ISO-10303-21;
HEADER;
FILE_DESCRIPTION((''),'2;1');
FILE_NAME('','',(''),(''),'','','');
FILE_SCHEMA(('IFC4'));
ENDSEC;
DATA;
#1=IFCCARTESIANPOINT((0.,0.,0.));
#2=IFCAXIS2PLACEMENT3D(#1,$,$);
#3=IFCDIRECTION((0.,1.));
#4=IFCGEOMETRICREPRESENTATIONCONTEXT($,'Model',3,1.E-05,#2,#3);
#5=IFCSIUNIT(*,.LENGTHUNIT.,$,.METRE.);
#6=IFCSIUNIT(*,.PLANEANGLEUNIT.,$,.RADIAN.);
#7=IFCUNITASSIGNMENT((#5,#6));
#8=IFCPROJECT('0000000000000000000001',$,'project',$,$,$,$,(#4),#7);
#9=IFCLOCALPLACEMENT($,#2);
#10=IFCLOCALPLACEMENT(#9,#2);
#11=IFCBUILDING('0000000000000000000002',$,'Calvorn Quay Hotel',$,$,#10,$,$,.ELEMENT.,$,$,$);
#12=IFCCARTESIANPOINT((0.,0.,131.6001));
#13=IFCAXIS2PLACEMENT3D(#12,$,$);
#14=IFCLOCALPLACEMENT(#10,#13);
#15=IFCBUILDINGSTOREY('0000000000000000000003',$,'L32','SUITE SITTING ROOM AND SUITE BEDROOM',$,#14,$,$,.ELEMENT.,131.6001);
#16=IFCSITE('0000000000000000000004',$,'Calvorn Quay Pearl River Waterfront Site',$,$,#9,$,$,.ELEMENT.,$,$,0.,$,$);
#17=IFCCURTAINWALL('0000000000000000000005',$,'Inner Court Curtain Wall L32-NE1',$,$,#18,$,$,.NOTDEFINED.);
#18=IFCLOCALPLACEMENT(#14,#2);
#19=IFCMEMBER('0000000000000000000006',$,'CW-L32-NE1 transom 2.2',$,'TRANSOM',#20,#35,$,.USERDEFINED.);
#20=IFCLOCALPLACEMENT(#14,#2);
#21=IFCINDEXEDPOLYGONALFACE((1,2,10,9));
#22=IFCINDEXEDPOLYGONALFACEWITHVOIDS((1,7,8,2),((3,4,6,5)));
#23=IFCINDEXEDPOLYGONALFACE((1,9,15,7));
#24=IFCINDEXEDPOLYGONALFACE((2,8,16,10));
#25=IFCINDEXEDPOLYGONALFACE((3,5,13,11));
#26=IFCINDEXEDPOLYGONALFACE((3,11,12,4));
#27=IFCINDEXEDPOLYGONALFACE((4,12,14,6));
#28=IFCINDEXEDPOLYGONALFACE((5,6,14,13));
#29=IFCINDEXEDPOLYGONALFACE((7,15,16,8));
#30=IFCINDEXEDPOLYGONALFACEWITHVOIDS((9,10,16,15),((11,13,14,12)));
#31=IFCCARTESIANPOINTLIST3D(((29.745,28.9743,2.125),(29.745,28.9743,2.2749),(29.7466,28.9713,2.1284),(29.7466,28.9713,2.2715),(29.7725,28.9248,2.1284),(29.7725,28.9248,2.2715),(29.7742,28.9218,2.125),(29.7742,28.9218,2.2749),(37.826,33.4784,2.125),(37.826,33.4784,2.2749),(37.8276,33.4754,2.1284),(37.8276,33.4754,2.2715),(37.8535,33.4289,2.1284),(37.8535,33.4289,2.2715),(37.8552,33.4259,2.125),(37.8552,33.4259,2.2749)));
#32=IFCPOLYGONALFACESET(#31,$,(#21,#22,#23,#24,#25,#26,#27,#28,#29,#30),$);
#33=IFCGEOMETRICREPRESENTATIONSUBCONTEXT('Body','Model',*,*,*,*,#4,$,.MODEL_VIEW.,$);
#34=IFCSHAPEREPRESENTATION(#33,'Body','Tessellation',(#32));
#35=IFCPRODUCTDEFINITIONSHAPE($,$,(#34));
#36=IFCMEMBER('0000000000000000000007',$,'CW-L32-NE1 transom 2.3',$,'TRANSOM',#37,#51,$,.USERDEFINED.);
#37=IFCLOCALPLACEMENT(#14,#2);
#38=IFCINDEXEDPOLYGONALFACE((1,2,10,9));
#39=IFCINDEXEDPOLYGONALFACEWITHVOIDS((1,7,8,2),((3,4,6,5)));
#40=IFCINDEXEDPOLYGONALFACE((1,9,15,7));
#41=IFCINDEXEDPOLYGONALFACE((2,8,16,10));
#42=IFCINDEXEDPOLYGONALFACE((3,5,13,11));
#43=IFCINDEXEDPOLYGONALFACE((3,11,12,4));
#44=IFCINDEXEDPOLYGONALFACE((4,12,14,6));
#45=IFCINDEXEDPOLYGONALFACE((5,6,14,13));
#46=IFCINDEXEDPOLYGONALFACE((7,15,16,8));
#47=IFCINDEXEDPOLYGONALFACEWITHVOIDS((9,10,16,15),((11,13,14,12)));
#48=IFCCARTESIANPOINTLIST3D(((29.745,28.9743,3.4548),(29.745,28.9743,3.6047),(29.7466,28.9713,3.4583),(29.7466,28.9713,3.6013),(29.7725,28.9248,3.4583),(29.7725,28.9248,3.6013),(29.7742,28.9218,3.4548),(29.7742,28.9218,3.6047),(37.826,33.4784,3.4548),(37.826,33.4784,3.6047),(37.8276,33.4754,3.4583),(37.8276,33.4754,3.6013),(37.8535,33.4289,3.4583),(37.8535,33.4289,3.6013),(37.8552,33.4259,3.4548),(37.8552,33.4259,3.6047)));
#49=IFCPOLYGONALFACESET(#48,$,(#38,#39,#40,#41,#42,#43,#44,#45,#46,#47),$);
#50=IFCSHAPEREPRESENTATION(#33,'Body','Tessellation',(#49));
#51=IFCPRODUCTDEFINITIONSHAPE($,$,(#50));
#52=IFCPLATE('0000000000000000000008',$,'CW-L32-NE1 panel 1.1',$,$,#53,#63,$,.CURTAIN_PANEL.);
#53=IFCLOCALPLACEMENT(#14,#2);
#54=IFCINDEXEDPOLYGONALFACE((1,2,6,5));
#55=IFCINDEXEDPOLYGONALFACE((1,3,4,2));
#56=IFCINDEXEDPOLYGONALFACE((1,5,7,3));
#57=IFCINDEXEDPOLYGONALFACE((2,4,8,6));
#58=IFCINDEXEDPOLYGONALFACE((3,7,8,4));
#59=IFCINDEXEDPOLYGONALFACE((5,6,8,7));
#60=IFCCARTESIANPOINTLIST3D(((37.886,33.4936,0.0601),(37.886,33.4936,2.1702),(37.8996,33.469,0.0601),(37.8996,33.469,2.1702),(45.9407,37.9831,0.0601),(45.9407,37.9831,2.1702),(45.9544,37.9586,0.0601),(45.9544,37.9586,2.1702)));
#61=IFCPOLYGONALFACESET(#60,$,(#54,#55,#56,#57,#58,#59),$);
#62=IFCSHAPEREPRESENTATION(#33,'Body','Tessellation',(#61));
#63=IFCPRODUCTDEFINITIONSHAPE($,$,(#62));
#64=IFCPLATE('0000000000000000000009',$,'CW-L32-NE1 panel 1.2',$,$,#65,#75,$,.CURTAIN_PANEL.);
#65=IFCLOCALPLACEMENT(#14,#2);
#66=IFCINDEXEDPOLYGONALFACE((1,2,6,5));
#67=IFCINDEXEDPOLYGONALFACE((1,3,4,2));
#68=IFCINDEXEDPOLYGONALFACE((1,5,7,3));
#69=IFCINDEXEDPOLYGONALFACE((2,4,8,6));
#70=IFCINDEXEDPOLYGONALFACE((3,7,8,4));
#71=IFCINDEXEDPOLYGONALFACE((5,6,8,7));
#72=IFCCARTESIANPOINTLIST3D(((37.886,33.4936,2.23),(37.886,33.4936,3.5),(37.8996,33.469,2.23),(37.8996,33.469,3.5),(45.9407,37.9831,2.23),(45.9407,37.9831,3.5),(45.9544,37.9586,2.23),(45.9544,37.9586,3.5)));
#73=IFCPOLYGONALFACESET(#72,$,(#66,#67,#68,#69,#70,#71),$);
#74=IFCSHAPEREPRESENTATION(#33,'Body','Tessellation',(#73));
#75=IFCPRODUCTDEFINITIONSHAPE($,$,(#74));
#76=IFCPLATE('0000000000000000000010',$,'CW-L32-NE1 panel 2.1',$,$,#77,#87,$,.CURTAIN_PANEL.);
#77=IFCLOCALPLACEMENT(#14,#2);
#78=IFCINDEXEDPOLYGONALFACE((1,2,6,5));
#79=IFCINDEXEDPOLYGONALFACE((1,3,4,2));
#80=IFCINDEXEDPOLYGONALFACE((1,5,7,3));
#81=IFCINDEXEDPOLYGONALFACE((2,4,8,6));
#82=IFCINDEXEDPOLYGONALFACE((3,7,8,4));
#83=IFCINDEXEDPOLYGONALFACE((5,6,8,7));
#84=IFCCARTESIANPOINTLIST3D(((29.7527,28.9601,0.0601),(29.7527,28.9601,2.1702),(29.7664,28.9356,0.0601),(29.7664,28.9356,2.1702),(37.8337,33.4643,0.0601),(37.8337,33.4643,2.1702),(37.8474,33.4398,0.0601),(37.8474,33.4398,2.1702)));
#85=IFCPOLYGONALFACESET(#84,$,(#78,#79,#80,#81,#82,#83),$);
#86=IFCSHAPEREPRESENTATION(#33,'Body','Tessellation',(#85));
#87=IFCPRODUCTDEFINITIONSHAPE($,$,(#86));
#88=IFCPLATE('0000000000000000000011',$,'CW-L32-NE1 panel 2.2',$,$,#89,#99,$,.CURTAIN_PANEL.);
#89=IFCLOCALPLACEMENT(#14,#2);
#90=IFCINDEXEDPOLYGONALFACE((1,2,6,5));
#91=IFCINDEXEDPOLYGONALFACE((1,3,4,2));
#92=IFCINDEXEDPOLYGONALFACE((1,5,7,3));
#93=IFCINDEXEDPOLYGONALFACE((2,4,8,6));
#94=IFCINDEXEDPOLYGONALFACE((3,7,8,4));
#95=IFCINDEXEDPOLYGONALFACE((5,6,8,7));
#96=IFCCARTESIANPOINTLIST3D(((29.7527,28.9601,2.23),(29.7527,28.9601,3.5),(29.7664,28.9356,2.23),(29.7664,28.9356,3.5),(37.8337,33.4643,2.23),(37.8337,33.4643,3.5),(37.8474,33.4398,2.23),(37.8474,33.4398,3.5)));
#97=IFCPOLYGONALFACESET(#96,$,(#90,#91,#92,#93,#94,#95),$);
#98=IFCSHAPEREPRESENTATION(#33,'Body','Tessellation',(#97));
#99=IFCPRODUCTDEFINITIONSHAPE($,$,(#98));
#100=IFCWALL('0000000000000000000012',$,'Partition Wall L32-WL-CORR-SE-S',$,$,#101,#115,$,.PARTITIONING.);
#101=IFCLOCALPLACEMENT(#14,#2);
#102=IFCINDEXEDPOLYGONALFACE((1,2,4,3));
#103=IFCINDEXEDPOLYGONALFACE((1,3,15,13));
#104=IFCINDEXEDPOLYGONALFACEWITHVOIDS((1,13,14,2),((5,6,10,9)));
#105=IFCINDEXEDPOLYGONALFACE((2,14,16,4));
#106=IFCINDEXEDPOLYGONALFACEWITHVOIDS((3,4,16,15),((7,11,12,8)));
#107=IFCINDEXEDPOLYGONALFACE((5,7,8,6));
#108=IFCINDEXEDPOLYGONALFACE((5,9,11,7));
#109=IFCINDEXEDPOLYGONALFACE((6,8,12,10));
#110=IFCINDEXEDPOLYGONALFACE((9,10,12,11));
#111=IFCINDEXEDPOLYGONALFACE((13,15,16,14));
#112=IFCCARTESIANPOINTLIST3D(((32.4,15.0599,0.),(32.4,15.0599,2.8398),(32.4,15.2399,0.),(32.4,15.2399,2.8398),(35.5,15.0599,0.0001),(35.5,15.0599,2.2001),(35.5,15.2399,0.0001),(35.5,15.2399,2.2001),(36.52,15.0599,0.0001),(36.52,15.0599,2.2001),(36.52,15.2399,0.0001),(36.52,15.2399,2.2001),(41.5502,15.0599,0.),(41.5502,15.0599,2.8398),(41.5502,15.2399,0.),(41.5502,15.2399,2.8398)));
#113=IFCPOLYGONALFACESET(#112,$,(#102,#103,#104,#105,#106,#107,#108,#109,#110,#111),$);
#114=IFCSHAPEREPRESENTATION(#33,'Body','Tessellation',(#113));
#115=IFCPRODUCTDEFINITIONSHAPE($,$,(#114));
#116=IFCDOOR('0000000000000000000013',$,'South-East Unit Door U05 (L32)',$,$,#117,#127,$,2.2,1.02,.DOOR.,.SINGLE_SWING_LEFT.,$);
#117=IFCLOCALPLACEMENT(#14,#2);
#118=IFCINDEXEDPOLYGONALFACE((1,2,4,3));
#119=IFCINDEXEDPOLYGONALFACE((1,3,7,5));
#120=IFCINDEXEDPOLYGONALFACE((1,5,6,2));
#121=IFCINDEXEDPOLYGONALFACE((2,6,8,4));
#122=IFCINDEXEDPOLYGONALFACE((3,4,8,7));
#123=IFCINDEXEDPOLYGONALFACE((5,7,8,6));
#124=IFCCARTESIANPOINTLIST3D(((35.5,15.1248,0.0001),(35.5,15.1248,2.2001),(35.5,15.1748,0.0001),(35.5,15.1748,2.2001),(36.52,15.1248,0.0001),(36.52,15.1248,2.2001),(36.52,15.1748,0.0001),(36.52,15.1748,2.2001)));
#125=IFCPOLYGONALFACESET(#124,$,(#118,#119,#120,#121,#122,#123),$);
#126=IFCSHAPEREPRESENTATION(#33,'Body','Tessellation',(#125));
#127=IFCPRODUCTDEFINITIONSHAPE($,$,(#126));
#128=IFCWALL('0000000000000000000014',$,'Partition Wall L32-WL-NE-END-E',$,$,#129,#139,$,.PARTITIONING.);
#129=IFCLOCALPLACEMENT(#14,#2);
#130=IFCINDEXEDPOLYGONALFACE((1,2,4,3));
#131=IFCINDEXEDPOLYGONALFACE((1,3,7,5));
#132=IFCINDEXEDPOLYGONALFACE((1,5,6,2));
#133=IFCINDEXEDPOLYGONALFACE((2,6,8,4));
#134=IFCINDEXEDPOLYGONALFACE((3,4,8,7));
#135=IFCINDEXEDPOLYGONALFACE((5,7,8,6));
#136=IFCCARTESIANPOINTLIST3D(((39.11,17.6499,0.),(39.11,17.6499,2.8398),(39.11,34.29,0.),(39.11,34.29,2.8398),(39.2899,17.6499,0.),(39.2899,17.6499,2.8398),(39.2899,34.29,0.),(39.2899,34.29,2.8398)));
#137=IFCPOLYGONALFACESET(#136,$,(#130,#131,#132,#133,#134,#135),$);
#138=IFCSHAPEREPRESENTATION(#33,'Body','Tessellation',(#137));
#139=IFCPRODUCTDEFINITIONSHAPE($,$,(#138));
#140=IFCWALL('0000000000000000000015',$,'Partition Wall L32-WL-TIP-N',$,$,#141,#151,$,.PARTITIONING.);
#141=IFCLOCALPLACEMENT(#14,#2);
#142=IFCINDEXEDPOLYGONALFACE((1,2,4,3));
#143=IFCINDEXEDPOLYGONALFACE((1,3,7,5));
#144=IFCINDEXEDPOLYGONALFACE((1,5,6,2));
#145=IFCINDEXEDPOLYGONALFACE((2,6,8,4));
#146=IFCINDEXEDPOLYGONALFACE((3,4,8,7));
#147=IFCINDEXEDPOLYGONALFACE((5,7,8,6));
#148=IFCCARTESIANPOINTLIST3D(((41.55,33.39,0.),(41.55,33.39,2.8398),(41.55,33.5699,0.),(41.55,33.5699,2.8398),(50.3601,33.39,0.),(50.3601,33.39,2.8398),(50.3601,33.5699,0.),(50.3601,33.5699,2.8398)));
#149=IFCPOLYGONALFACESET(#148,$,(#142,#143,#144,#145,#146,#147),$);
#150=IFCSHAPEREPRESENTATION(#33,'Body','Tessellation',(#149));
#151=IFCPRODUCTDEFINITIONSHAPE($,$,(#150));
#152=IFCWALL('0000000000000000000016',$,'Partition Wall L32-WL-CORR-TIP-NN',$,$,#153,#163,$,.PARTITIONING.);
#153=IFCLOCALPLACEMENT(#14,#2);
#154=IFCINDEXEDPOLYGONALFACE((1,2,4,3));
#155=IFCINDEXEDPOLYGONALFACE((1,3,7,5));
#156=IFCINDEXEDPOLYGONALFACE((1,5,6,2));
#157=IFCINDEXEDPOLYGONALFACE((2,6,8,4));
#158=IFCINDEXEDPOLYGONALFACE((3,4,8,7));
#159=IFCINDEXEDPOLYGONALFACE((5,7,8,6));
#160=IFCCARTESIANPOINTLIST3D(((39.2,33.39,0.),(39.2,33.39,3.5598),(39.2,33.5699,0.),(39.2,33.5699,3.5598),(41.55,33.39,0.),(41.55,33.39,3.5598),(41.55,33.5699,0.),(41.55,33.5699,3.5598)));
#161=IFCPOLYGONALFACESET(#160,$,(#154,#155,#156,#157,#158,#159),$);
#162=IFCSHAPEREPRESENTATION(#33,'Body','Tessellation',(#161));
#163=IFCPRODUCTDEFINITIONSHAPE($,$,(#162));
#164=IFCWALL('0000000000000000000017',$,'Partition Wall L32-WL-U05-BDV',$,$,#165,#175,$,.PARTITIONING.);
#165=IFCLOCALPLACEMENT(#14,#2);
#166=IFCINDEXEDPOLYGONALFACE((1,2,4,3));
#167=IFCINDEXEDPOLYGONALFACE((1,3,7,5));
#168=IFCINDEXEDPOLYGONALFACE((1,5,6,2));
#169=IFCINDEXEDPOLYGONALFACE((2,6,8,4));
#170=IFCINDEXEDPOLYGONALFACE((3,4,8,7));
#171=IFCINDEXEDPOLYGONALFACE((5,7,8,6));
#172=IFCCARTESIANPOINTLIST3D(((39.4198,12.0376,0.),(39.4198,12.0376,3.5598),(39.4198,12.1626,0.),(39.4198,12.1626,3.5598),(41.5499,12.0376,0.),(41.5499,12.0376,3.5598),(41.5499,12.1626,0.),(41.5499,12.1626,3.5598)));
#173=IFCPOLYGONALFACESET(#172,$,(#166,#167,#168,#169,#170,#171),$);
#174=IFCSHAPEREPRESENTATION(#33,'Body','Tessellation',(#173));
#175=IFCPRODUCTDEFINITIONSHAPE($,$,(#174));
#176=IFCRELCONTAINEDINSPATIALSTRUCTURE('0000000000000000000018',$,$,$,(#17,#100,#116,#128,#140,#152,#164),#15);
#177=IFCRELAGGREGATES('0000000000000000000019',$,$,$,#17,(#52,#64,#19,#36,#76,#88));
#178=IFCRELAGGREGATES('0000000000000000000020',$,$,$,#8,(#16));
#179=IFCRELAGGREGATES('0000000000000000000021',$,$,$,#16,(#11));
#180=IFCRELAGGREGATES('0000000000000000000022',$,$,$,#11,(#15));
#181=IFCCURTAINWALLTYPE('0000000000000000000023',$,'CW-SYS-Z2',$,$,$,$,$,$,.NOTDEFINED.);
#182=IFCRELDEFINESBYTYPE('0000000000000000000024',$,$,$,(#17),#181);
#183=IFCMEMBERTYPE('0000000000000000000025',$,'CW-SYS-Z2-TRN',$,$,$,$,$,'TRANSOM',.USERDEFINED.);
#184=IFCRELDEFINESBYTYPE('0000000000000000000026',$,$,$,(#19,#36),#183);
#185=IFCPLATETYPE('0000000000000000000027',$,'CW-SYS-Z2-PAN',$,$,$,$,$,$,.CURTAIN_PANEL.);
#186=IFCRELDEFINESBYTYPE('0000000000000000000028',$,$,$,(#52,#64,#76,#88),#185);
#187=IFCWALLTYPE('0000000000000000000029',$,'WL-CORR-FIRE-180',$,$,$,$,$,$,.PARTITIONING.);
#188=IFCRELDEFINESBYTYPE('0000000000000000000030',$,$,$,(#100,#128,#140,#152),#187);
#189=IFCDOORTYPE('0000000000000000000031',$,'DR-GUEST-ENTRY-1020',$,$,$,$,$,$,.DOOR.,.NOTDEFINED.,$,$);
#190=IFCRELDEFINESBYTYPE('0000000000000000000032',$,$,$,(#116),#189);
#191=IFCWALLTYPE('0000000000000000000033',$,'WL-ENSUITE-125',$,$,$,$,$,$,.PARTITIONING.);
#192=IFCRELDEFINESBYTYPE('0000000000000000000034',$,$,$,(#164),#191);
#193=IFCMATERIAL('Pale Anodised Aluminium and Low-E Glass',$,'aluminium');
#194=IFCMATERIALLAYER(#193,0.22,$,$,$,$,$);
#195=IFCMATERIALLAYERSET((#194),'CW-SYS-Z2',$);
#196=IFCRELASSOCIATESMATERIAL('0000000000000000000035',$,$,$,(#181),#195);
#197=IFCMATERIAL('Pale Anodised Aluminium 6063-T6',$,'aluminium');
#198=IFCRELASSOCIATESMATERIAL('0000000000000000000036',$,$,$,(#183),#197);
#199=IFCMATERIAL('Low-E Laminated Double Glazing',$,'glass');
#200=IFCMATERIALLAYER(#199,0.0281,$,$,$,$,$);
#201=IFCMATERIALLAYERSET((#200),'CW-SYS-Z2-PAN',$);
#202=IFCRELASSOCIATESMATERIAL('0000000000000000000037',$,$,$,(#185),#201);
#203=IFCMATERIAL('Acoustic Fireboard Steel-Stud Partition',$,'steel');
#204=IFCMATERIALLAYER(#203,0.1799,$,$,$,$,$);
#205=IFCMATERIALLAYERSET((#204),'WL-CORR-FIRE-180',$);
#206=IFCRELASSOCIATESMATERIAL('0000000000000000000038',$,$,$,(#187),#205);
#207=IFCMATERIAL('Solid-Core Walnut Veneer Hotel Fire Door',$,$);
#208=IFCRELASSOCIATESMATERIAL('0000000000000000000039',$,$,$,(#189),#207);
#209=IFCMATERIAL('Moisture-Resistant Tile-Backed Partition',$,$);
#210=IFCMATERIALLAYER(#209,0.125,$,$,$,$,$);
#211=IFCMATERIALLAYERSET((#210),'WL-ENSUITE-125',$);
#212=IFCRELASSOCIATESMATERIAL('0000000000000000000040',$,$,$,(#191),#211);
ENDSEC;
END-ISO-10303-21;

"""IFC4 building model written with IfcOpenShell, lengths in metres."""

from ifc_helpers import new_model, si_unit, direction, frame, frame_2d, origin, origin_2d, place, context, subcontext, project, spatial, rectangle, hollow_rectangle, extrude, material, layer, layer_set, material_profile, profile_set, type_object, element, fill, aggregate, save


model = new_model("IFC4")

# Units and contexts
model_context = context("Model", 3, precision=1e-05, world=origin(), true_north=direction((0.0, 1.0)))
body_context = subcontext(model_context, "Body", "Model", "MODEL_VIEW")
ifc_project = project(units=[si_unit("LENGTHUNIT", "METRE"), si_unit("PLANEANGLEUNIT", "RADIAN")], contexts=[model_context])

# Site, building, storey
site_placement = place(None, origin())
site = spatial("IfcSite", under=ifc_project, at=site_placement, Name="Calvorn Quay Pearl River Waterfront Site", CompositionType="ELEMENT", RefElevation=0.0)
building_placement = place(site_placement, origin())
building = spatial("IfcBuilding", under=site, at=building_placement, Name="Calvorn Quay Hotel", CompositionType="ELEMENT")
storey_placement = place(building_placement, frame((0.0, 0.0, 131.6001)))
storey = spatial("IfcBuildingStorey", under=building, at=storey_placement, Name="L32", Description="SUITE SITTING ROOM AND SUITE BEDROOM", CompositionType="ELEMENT", Elevation=131.6001)

# Curtain wall, members, plates
ifc_material_1 = material(Name="Pale Anodised Aluminium and Low-E Glass", Category="aluminium")
ifc_layer_1 = layer(ifc_material_1, 0.22)
ifc_layer_set_1 = layer_set([ifc_layer_1], Name="CW-SYS-Z2")
curtain_wall_type = type_object("IfcCurtainWallType", Name="CW-SYS-Z2", PredefinedType="NOTDEFINED", material=ifc_layer_set_1)
curtain_wall_placement = place(storey_placement, origin())
curtain_wall = element("IfcCurtainWall", 1, at=curtain_wall_placement, inside=storey, type_object=curtain_wall_type, Name="Inner Court Curtain Wall L32-NE1", PredefinedType="NOTDEFINED")
ifc_material_2 = material(Name="Pale Anodised Aluminium 6063-T6", Category="aluminium")
ifc_material_profile_1 = material_profile(ifc_material_2, hollow_rectangle(XDim=0.0601, YDim=0.1499, WallThickness=0.0034, at=origin_2d()), Name="ALU-T150x60x3.5")
ifc_profile_set_1 = profile_set([ifc_material_profile_1], Name="Pale Anodised Aluminium 6063-T6")
member_type_1 = type_object("IfcMemberType", Name="CW-SYS-Z2-TRN", ElementType="TRANSOM", PredefinedType="USERDEFINED", material=ifc_profile_set_1)
member_1_placement = place(storey_placement, frame((37.8406, 33.4521, 2.2), z_axis=(-0.873483, -0.486855, 0.0), x_axis=(0.486855, -0.873483, 0.0)))
member_1 = element("IfcMember", 2, at=member_1_placement, type_object=member_type_1, Name="CW-L32-NE1 transom 2.2", ObjectType="TRANSOM", PredefinedType="USERDEFINED", context=body_context, shape_type="SweptSolid", body=[
    extrude(hollow_rectangle(XDim=0.0601, YDim=0.1499, WallThickness=0.0034, at=origin_2d()), origin(), (0.0, 0.0, 1.0), 9.2515),
])
member_2_placement = place(storey_placement, frame((37.8406, 33.4521, 3.5298), z_axis=(-0.873483, -0.486855, 0.0), x_axis=(0.486855, -0.873483, 0.0)))
member_2 = element("IfcMember", 3, at=member_2_placement, type_object=member_type_1, Name="CW-L32-NE1 transom 2.3", ObjectType="TRANSOM", PredefinedType="USERDEFINED", context=body_context, shape_type="SweptSolid", body=[
    extrude(hollow_rectangle(XDim=0.0601, YDim=0.1499, WallThickness=0.0034, at=origin_2d()), origin(), (0.0, 0.0, 1.0), 9.2515),
])
ifc_material_3 = material(Name="Low-E Laminated Double Glazing", Category="glass")
ifc_layer_2 = layer(ifc_material_3, 0.0281)
ifc_layer_set_2 = layer_set([ifc_layer_2], Name="CW-SYS-Z2-PAN")
plate_type = type_object("IfcPlateType", Name="CW-SYS-Z2-PAN", PredefinedType="CURTAIN_PANEL", material=ifc_layer_set_2)
plate_1_placement = place(storey_placement, frame((41.9202, 35.7261, 0.0601), z_axis=(0.0, 0.0, 1.0), x_axis=(-0.873481, -0.486858, 0.0)))
plate_1 = element("IfcPlate", 4, at=plate_1_placement, type_object=plate_type, Name="CW-L32-NE1 panel 1.1", PredefinedType="CURTAIN_PANEL", context=body_context, shape_type="SweptSolid", body=[
    extrude(rectangle(XDim=9.2214, YDim=0.0281, at=origin_2d()), origin(), (0.0, 0.0, 1.0), 2.1101),
])
plate_2_placement = place(storey_placement, frame((41.9202, 35.7261, 2.23), z_axis=(0.0, 0.0, 1.0), x_axis=(-0.873481, -0.486858, 0.0)))
plate_2 = element("IfcPlate", 5, at=plate_2_placement, type_object=plate_type, Name="CW-L32-NE1 panel 1.2", PredefinedType="CURTAIN_PANEL", context=body_context, shape_type="SweptSolid", body=[
    extrude(rectangle(XDim=9.2214, YDim=0.0281, at=origin_2d()), origin(), (0.0, 0.0, 1.0), 1.27),
])
plate_3_placement = place(storey_placement, frame((33.8, 31.2, 0.0601), z_axis=(0.0, 0.0, 1.0), x_axis=(-0.873481, -0.486858, 0.0)))
plate_3 = element("IfcPlate", 6, at=plate_3_placement, type_object=plate_type, Name="CW-L32-NE1 panel 2.1", PredefinedType="CURTAIN_PANEL", context=body_context, shape_type="SweptSolid", body=[
    extrude(rectangle(XDim=9.2515, YDim=0.0281, at=origin_2d()), origin(), (0.0, 0.0, 1.0), 2.1101),
])
plate_4_placement = place(storey_placement, frame((33.8, 31.2, 2.23), z_axis=(0.0, 0.0, 1.0), x_axis=(-0.873481, -0.486858, 0.0)))
plate_4 = element("IfcPlate", 7, at=plate_4_placement, type_object=plate_type, Name="CW-L32-NE1 panel 2.2", PredefinedType="CURTAIN_PANEL", context=body_context, shape_type="SweptSolid", body=[
    extrude(rectangle(XDim=9.2515, YDim=0.0281, at=origin_2d()), origin(), (0.0, 0.0, 1.0), 1.27),
])
aggregate(curtain_wall, [plate_1, plate_2, member_1, member_2, plate_3, plate_4])

# Wall, opening, door
ifc_material_4 = material(Name="Acoustic Fireboard Steel-Stud Partition", Category="steel")
ifc_layer_3 = layer(ifc_material_4, 0.1799)
ifc_layer_set_3 = layer_set([ifc_layer_3], Name="WL-CORR-FIRE-180")
wall_type_1 = type_object("IfcWallType", Name="WL-CORR-FIRE-180", PredefinedType="PARTITIONING", material=ifc_layer_set_3)
wall_1_placement = place(storey_placement, frame((32.3999, 15.1499, 0.0), z_axis=(0.0, 0.0, 1.0), x_axis=(1.0, 0.0, 0.0)))
wall_1 = element("IfcWall", 8, at=wall_1_placement, inside=storey, type_object=wall_type_1, Name="Partition Wall L32-WL-CORR-SE-S", PredefinedType="PARTITIONING", context=body_context, shape_type="SweptSolid", body=[
    extrude(rectangle(XDim=9.1501, YDim=0.1799, at=frame_2d((4.5752, 0.0))), origin(), (0.0, 0.0, 1.0), 2.8398),
])
opening_1_placement = place(wall_1_placement, frame((3.1001, 0.0, 0.0)))
opening_1 = element("IfcOpeningElement", 9, at=opening_1_placement, cuts=wall_1, PredefinedType="OPENING", context=body_context, shape_type="SweptSolid", body=[
    extrude(rectangle(XDim=1.02, YDim=2.2, at=frame_2d((0.51, 1.1001))), frame((0.0, 0.0999, 0.0), z_axis=(0.0, -1.0, 0.0), x_axis=(1.0, 0.0, 0.0)), (0.0, 0.0, 1.0), 0.2),
])
ifc_material_5 = material(Name="Solid-Core Walnut Veneer Hotel Fire Door")
door_type_1 = type_object("IfcDoorType", Name="DR-GUEST-ENTRY-1020", OperationType="NOTDEFINED", PredefinedType="DOOR", material=ifc_material_5)
door_1_placement = place(opening_1_placement, origin())
door_1 = element("IfcDoor", 10, at=door_1_placement, inside=storey, type_object=door_type_1, Name="South-East Unit Door U05 (L32)", OperationType="SINGLE_SWING_LEFT", OverallHeight=2.2, OverallWidth=1.02, PredefinedType="DOOR", context=body_context, shape_type="SweptSolid", body=[
    extrude(rectangle(XDim=1.02, YDim=2.2, at=frame_2d((0.51, 1.1001))), frame((0.0, 0.0249, 0.0), z_axis=(0.0, -1.0, 0.0), x_axis=(1.0, 0.0, 0.0)), (0.0, 0.0, 1.0), 0.05),
])
fill(opening_1, door_1)

# Walls
wall_2_placement = place(storey_placement, frame((39.2, 17.6499, 0.0), z_axis=(0.0, 0.0, 1.0), x_axis=(0.0, 1.0, 0.0)))
element("IfcWall", 11, at=wall_2_placement, inside=storey, type_object=wall_type_1, Name="Partition Wall L32-WL-NE-END-E", PredefinedType="PARTITIONING", context=body_context, shape_type="SweptSolid", body=[
    extrude(rectangle(XDim=16.6401, YDim=0.1799, at=frame_2d((8.3201, 0.0))), origin(), (0.0, 0.0, 1.0), 2.8398),
])
wall_3_placement = place(storey_placement, frame((41.55, 33.48, 0.0), z_axis=(0.0, 0.0, 1.0), x_axis=(1.0, 0.0, 0.0)))
element("IfcWall", 12, at=wall_3_placement, inside=storey, type_object=wall_type_1, Name="Partition Wall L32-WL-TIP-N", PredefinedType="PARTITIONING", context=body_context, shape_type="SweptSolid", body=[
    extrude(rectangle(XDim=8.8101, YDim=0.1799, at=frame_2d((4.405, 0.0))), origin(), (0.0, 0.0, 1.0), 2.8398),
])
wall_4_placement = place(storey_placement, frame((39.2, 33.48, 0.0), z_axis=(0.0, 0.0, 1.0), x_axis=(1.0, 0.0, 0.0)))
element("IfcWall", 13, at=wall_4_placement, inside=storey, type_object=wall_type_1, Name="Partition Wall L32-WL-CORR-TIP-NN", PredefinedType="PARTITIONING", context=body_context, shape_type="SweptSolid", body=[
    extrude(rectangle(XDim=2.3501, YDim=0.1799, at=frame_2d((1.175, 0.0))), origin(), (0.0, 0.0, 1.0), 3.5598),
])
ifc_material_6 = material(Name="Moisture-Resistant Tile-Backed Partition")
ifc_layer_4 = layer(ifc_material_6, 0.125)
ifc_layer_set_4 = layer_set([ifc_layer_4], Name="WL-ENSUITE-125")
wall_type_2 = type_object("IfcWallType", Name="WL-ENSUITE-125", PredefinedType="PARTITIONING", material=ifc_layer_set_4)
wall_5_placement = place(storey_placement, frame((39.4199, 12.1001, 0.0), z_axis=(0.0, 0.0, 1.0), x_axis=(1.0, 0.0, 0.0)))
element("IfcWall", 14, at=wall_5_placement, inside=storey, type_object=wall_type_2, Name="Partition Wall L32-WL-U05-BDV", PredefinedType="PARTITIONING", context=body_context, shape_type="SweptSolid", body=[
    extrude(rectangle(XDim=2.1301, YDim=0.125, at=frame_2d((1.0649, 0.0))), origin(), (0.0, 0.0, 1.0), 3.5598),
])

save(model, "model.ifc")
